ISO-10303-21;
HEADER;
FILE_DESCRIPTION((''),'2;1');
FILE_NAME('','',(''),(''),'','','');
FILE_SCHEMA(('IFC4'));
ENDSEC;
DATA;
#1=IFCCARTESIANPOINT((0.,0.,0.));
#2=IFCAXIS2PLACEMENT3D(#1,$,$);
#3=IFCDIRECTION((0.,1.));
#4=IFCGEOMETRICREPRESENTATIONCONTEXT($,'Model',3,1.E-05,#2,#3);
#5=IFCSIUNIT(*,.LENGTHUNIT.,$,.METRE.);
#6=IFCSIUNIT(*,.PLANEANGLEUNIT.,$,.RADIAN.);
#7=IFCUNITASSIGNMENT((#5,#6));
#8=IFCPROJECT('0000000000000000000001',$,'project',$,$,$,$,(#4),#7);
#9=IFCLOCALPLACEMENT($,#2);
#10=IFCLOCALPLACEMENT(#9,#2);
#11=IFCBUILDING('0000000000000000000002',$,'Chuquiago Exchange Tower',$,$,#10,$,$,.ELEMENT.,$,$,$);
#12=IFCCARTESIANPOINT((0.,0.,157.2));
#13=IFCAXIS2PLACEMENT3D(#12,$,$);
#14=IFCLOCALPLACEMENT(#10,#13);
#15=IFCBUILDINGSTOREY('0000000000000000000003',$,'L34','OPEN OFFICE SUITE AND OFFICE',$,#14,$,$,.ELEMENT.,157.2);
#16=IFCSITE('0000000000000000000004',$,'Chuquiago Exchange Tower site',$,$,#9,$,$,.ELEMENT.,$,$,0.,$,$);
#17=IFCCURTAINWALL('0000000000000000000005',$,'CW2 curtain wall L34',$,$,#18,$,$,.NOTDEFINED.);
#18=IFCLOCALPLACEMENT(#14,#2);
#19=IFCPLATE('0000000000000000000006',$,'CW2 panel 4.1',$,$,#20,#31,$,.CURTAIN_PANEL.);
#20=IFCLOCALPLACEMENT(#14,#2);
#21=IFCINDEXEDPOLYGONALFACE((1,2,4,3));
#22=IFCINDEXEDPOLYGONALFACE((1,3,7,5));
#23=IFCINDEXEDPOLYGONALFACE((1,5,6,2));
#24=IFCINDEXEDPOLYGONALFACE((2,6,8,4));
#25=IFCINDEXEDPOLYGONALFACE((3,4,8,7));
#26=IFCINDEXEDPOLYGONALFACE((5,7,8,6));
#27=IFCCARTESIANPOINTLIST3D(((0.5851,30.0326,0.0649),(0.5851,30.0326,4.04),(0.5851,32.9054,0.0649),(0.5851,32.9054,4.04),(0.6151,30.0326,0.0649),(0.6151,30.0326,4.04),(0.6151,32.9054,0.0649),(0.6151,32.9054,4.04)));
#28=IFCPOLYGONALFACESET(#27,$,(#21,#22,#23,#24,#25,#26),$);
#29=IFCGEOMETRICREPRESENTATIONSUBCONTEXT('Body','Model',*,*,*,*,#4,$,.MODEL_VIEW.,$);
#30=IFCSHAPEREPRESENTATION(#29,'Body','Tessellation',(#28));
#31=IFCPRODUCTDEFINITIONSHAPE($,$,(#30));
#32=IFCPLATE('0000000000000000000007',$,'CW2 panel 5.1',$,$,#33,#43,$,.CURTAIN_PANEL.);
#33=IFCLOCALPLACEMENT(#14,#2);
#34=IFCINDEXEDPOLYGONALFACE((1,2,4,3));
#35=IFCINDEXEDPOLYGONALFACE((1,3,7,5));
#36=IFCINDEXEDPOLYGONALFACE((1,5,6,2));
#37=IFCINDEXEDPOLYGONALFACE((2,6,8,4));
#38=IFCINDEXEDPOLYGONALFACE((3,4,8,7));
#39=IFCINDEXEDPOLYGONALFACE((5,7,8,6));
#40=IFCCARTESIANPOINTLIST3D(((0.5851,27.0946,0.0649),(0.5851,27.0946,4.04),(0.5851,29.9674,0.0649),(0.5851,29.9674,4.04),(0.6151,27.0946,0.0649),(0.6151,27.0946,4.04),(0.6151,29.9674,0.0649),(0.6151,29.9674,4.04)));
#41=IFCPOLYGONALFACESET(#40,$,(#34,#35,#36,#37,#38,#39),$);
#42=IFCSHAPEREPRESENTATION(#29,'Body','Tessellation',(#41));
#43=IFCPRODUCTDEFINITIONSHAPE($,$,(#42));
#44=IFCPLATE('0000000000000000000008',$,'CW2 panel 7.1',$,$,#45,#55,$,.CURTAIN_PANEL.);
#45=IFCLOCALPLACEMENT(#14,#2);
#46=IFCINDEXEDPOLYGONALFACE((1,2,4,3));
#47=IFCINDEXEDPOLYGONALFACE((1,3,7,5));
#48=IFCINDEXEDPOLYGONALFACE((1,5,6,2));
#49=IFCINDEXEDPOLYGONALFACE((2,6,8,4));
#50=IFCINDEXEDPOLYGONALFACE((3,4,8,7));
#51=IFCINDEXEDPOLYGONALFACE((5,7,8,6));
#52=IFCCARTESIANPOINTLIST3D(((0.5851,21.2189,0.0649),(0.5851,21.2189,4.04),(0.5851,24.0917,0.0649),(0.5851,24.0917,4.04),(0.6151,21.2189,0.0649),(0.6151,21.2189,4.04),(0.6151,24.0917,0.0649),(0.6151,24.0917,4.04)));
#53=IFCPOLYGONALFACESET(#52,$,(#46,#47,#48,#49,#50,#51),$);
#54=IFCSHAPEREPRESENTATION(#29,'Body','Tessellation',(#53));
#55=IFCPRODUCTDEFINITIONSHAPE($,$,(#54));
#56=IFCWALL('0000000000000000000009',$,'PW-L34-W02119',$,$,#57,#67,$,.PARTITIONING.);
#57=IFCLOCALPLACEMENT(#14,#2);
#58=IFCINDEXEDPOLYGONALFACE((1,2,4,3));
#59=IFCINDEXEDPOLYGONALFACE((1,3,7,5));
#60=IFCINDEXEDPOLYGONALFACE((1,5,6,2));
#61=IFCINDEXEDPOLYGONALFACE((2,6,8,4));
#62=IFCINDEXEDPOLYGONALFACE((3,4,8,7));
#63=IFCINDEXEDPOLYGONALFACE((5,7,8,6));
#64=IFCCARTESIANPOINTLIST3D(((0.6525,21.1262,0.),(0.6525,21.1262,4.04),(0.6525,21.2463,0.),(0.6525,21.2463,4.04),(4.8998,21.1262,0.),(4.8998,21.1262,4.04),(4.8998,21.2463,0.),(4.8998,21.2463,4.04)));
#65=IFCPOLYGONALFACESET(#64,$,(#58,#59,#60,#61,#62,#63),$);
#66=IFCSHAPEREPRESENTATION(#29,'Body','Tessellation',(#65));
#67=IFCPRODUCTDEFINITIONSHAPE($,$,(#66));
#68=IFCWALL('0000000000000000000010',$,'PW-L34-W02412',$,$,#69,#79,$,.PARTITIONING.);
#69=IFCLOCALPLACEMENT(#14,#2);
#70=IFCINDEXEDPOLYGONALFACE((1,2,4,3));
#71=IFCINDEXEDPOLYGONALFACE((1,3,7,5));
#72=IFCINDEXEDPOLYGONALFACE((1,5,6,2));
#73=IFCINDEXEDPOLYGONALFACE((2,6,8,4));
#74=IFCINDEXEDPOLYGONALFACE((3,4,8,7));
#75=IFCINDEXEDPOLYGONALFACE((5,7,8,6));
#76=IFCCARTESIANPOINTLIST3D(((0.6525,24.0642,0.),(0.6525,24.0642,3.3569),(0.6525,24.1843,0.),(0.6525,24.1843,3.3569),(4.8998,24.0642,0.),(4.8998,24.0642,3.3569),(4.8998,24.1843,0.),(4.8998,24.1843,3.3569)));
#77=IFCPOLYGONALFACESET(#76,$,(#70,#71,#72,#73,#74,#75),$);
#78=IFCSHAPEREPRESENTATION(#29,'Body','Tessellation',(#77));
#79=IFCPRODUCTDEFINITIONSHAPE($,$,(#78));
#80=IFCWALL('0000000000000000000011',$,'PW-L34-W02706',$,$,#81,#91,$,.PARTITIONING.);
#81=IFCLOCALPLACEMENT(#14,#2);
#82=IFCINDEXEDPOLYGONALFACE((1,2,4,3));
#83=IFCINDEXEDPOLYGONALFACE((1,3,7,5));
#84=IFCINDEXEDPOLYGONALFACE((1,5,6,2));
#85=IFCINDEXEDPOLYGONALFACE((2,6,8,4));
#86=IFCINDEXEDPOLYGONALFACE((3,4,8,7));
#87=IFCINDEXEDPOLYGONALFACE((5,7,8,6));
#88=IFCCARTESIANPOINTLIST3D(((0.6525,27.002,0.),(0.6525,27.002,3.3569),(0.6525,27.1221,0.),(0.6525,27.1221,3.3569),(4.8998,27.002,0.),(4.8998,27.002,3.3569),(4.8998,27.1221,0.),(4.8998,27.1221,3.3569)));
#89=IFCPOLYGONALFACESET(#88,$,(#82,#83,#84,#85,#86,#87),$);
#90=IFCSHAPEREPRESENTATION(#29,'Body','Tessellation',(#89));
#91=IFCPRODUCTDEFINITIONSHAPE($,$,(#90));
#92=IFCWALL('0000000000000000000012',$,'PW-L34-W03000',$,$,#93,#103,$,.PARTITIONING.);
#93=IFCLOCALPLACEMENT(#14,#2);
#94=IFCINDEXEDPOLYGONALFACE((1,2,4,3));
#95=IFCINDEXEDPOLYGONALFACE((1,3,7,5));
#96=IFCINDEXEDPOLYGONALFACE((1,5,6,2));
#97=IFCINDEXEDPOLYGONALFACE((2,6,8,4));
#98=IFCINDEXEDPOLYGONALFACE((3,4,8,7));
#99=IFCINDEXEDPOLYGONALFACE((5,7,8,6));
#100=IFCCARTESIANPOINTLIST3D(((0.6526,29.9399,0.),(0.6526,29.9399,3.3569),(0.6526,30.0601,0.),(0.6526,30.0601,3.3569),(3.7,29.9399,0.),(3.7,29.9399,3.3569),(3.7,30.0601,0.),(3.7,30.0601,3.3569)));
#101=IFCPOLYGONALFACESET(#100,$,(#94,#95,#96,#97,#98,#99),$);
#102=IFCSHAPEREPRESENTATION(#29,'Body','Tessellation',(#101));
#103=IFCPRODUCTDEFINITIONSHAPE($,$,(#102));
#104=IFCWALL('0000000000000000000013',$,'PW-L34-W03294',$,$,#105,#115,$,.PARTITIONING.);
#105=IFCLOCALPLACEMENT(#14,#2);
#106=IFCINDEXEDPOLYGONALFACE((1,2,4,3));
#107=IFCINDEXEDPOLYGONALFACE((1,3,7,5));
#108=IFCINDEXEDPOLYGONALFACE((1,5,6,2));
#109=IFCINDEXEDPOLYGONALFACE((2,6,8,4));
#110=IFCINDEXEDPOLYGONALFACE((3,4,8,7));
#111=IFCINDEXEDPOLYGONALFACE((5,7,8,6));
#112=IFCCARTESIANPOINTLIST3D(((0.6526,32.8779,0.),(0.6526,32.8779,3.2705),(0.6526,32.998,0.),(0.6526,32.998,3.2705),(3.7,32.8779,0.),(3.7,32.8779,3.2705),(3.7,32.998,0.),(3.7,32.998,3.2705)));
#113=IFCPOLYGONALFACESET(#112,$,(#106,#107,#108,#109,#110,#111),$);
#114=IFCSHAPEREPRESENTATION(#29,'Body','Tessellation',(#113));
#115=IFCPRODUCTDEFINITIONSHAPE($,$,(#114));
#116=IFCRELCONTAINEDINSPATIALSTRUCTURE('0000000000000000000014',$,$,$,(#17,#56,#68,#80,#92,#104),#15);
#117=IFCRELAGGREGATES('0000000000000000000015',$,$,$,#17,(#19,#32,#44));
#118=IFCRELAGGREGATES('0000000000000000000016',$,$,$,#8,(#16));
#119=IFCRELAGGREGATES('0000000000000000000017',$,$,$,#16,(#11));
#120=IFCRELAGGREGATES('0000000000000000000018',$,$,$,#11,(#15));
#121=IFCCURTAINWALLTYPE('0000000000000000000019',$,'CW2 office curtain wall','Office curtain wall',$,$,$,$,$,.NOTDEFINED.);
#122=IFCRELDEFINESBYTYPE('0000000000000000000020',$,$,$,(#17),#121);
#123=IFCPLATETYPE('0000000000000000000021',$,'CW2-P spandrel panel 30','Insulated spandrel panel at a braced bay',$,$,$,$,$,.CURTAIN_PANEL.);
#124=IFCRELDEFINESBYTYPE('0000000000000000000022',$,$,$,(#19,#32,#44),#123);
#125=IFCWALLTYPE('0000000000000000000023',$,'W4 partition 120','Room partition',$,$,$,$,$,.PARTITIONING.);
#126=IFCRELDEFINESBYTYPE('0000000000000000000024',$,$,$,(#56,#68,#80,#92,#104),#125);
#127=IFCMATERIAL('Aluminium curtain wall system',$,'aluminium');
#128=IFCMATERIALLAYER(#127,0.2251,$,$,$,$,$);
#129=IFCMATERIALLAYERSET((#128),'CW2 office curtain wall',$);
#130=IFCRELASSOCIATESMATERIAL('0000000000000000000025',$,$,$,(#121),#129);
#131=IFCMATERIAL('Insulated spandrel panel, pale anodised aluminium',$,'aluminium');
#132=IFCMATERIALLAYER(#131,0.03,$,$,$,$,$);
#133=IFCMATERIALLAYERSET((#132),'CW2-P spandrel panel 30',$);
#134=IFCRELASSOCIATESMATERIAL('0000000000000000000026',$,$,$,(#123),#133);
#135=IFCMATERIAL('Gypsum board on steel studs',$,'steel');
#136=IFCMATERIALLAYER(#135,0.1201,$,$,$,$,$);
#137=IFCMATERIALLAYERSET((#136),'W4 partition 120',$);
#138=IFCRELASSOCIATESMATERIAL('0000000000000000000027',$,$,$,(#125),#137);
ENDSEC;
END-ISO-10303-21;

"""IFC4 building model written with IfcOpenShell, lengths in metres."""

from ifc_helpers import new_model, si_unit, direction, frame, frame_2d, origin, origin_2d, place, context, subcontext, project, spatial, rectangle, extrude, material, layer, layer_set, type_object, element, aggregate, save


model = new_model("IFC4")

# Units and contexts
model_context = context("Model", 3, precision=1e-05, world=origin(), true_north=direction((0.0, 1.0)))
body_context = subcontext(model_context, "Body", "Model", "MODEL_VIEW")
ifc_project = project(units=[si_unit("LENGTHUNIT", "METRE"), si_unit("PLANEANGLEUNIT", "RADIAN")], contexts=[model_context])

# Site, building, storey
site_placement = place(None, origin())
site = spatial("IfcSite", under=ifc_project, at=site_placement, Name="Chuquiago Exchange Tower site", CompositionType="ELEMENT", RefElevation=0.0)
building_placement = place(site_placement, origin())
building = spatial("IfcBuilding", under=site, at=building_placement, Name="Chuquiago Exchange Tower", CompositionType="ELEMENT")
storey_placement = place(building_placement, frame((0.0, 0.0, 157.2)))
storey = spatial("IfcBuildingStorey", under=building, at=storey_placement, Name="L34", Description="OPEN OFFICE SUITE AND OFFICE", CompositionType="ELEMENT", Elevation=157.2)

# Curtain wall
ifc_material_1 = material(Name="Aluminium curtain wall system", Category="aluminium")
ifc_layer_1 = layer(ifc_material_1, 0.2251)
ifc_layer_set_1 = layer_set([ifc_layer_1], Name="CW2 office curtain wall")
curtain_wall_type = type_object("IfcCurtainWallType", Name="CW2 office curtain wall", Description="Office curtain wall", PredefinedType="NOTDEFINED", material=ifc_layer_set_1)
curtain_wall_placement = place(storey_placement, origin())
curtain_wall = element("IfcCurtainWall", 1, at=curtain_wall_placement, inside=storey, type_object=curtain_wall_type, Name="CW2 curtain wall L34", PredefinedType="NOTDEFINED")

# Plates
ifc_material_2 = material(Name="Insulated spandrel panel, pale anodised aluminium", Category="aluminium")
ifc_layer_2 = layer(ifc_material_2, 0.03)
ifc_layer_set_2 = layer_set([ifc_layer_2], Name="CW2-P spandrel panel 30")
plate_type_1 = type_object("IfcPlateType", Name="CW2-P spandrel panel 30", Description="Insulated spandrel panel at a braced bay", PredefinedType="CURTAIN_PANEL", material=ifc_layer_set_2)
plate_1_placement = place(storey_placement, frame((0.6001, 31.469, 0.0649), z_axis=(0.0, 0.0, 1.0), x_axis=(0.0, -1.0, 0.0)))
plate_1 = element("IfcPlate", 2, at=plate_1_placement, type_object=plate_type_1, Name="CW2 panel 4.1", PredefinedType="CURTAIN_PANEL", context=body_context, shape_type="SweptSolid", body=[
    extrude(rectangle(XDim=2.8728, YDim=0.03, at=origin_2d()), origin(), (0.0, 0.0, 1.0), 3.9751),
])
plate_2_placement = place(storey_placement, frame((0.6001, 28.531, 0.0649), z_axis=(0.0, 0.0, 1.0), x_axis=(0.0, -1.0, 0.0)))
plate_2 = element("IfcPlate", 3, at=plate_2_placement, type_object=plate_type_1, Name="CW2 panel 5.1", PredefinedType="CURTAIN_PANEL", context=body_context, shape_type="SweptSolid", body=[
    extrude(rectangle(XDim=2.8728, YDim=0.03, at=origin_2d()), origin(), (0.0, 0.0, 1.0), 3.9751),
])
plate_3_placement = place(storey_placement, frame((0.6001, 22.6553, 0.0649), z_axis=(0.0, 0.0, 1.0), x_axis=(0.0, -1.0, 0.0)))
plate_3 = element("IfcPlate", 4, at=plate_3_placement, type_object=plate_type_1, Name="CW2 panel 7.1", PredefinedType="CURTAIN_PANEL", context=body_context, shape_type="SweptSolid", body=[
    extrude(rectangle(XDim=2.8728, YDim=0.03, at=origin_2d()), origin(), (0.0, 0.0, 1.0), 3.9751),
])
aggregate(curtain_wall, [plate_1, plate_2, plate_3])

# Walls
ifc_material_3 = material(Name="Gypsum board on steel studs", Category="steel")
ifc_layer_3 = layer(ifc_material_3, 0.1201)
ifc_layer_set_3 = layer_set([ifc_layer_3], Name="W4 partition 120")
wall_type = type_object("IfcWallType", Name="W4 partition 120", Description="Room partition", PredefinedType="PARTITIONING", material=ifc_layer_set_3)
wall_1_placement = place(storey_placement, frame((0.6526, 21.1863, 0.0), z_axis=(0.0, 0.0, 1.0), x_axis=(1.0, 0.0, 0.0)))
element("IfcWall", 5, at=wall_1_placement, inside=storey, type_object=wall_type, Name="PW-L34-W02119", PredefinedType="PARTITIONING", context=body_context, shape_type="SweptSolid", body=[
    extrude(rectangle(XDim=4.2473, YDim=0.1201, at=frame_2d((2.1235, 0.0))), origin(), (0.0, 0.0, 1.0), 4.04),
])
for number, where, z_axis, x_axis, name in (
    (6, (0.6526, 24.1243, 0.0), (0.0, 0.0, 1.0), (1.0, 0.0, 0.0), "PW-L34-W02412"),
    (7, (0.6526, 27.062, 0.0), (0.0, 0.0, 1.0), (1.0, 0.0, 0.0), "PW-L34-W02706"),
):
    element("IfcWall", number, at=place(storey_placement, frame(where, z_axis=z_axis, x_axis=x_axis)), inside=storey, type_object=wall_type, Name=name, PredefinedType="PARTITIONING", context=body_context, shape_type="SweptSolid", body=[
        extrude(rectangle(XDim=4.2473, YDim=0.1201, at=frame_2d((2.1235, 0.0))), origin(), (0.0, 0.0, 1.0), 3.3569),
    ])
wall_2_placement = place(storey_placement, frame((0.6526, 30.0, 0.0), z_axis=(0.0, 0.0, 1.0), x_axis=(1.0, 0.0, 0.0)))
element("IfcWall", 8, at=wall_2_placement, inside=storey, type_object=wall_type, Name="PW-L34-W03000", PredefinedType="PARTITIONING", context=body_context, shape_type="SweptSolid", body=[
    extrude(rectangle(XDim=3.0474, YDim=0.1201, at=frame_2d((1.5237, 0.0))), origin(), (0.0, 0.0, 1.0), 3.3569),
])
wall_3_placement = place(storey_placement, frame((0.6526, 32.938, 0.0), z_axis=(0.0, 0.0, 1.0), x_axis=(1.0, 0.0, 0.0)))
element("IfcWall", 9, at=wall_3_placement, inside=storey, type_object=wall_type, Name="PW-L34-W03294", PredefinedType="PARTITIONING", context=body_context, shape_type="SweptSolid", body=[
    extrude(rectangle(XDim=3.0474, YDim=0.1201, at=frame_2d((1.5237, 0.0))), origin(), (0.0, 0.0, 1.0), 3.2705),
])

save(model, "model.ifc")
